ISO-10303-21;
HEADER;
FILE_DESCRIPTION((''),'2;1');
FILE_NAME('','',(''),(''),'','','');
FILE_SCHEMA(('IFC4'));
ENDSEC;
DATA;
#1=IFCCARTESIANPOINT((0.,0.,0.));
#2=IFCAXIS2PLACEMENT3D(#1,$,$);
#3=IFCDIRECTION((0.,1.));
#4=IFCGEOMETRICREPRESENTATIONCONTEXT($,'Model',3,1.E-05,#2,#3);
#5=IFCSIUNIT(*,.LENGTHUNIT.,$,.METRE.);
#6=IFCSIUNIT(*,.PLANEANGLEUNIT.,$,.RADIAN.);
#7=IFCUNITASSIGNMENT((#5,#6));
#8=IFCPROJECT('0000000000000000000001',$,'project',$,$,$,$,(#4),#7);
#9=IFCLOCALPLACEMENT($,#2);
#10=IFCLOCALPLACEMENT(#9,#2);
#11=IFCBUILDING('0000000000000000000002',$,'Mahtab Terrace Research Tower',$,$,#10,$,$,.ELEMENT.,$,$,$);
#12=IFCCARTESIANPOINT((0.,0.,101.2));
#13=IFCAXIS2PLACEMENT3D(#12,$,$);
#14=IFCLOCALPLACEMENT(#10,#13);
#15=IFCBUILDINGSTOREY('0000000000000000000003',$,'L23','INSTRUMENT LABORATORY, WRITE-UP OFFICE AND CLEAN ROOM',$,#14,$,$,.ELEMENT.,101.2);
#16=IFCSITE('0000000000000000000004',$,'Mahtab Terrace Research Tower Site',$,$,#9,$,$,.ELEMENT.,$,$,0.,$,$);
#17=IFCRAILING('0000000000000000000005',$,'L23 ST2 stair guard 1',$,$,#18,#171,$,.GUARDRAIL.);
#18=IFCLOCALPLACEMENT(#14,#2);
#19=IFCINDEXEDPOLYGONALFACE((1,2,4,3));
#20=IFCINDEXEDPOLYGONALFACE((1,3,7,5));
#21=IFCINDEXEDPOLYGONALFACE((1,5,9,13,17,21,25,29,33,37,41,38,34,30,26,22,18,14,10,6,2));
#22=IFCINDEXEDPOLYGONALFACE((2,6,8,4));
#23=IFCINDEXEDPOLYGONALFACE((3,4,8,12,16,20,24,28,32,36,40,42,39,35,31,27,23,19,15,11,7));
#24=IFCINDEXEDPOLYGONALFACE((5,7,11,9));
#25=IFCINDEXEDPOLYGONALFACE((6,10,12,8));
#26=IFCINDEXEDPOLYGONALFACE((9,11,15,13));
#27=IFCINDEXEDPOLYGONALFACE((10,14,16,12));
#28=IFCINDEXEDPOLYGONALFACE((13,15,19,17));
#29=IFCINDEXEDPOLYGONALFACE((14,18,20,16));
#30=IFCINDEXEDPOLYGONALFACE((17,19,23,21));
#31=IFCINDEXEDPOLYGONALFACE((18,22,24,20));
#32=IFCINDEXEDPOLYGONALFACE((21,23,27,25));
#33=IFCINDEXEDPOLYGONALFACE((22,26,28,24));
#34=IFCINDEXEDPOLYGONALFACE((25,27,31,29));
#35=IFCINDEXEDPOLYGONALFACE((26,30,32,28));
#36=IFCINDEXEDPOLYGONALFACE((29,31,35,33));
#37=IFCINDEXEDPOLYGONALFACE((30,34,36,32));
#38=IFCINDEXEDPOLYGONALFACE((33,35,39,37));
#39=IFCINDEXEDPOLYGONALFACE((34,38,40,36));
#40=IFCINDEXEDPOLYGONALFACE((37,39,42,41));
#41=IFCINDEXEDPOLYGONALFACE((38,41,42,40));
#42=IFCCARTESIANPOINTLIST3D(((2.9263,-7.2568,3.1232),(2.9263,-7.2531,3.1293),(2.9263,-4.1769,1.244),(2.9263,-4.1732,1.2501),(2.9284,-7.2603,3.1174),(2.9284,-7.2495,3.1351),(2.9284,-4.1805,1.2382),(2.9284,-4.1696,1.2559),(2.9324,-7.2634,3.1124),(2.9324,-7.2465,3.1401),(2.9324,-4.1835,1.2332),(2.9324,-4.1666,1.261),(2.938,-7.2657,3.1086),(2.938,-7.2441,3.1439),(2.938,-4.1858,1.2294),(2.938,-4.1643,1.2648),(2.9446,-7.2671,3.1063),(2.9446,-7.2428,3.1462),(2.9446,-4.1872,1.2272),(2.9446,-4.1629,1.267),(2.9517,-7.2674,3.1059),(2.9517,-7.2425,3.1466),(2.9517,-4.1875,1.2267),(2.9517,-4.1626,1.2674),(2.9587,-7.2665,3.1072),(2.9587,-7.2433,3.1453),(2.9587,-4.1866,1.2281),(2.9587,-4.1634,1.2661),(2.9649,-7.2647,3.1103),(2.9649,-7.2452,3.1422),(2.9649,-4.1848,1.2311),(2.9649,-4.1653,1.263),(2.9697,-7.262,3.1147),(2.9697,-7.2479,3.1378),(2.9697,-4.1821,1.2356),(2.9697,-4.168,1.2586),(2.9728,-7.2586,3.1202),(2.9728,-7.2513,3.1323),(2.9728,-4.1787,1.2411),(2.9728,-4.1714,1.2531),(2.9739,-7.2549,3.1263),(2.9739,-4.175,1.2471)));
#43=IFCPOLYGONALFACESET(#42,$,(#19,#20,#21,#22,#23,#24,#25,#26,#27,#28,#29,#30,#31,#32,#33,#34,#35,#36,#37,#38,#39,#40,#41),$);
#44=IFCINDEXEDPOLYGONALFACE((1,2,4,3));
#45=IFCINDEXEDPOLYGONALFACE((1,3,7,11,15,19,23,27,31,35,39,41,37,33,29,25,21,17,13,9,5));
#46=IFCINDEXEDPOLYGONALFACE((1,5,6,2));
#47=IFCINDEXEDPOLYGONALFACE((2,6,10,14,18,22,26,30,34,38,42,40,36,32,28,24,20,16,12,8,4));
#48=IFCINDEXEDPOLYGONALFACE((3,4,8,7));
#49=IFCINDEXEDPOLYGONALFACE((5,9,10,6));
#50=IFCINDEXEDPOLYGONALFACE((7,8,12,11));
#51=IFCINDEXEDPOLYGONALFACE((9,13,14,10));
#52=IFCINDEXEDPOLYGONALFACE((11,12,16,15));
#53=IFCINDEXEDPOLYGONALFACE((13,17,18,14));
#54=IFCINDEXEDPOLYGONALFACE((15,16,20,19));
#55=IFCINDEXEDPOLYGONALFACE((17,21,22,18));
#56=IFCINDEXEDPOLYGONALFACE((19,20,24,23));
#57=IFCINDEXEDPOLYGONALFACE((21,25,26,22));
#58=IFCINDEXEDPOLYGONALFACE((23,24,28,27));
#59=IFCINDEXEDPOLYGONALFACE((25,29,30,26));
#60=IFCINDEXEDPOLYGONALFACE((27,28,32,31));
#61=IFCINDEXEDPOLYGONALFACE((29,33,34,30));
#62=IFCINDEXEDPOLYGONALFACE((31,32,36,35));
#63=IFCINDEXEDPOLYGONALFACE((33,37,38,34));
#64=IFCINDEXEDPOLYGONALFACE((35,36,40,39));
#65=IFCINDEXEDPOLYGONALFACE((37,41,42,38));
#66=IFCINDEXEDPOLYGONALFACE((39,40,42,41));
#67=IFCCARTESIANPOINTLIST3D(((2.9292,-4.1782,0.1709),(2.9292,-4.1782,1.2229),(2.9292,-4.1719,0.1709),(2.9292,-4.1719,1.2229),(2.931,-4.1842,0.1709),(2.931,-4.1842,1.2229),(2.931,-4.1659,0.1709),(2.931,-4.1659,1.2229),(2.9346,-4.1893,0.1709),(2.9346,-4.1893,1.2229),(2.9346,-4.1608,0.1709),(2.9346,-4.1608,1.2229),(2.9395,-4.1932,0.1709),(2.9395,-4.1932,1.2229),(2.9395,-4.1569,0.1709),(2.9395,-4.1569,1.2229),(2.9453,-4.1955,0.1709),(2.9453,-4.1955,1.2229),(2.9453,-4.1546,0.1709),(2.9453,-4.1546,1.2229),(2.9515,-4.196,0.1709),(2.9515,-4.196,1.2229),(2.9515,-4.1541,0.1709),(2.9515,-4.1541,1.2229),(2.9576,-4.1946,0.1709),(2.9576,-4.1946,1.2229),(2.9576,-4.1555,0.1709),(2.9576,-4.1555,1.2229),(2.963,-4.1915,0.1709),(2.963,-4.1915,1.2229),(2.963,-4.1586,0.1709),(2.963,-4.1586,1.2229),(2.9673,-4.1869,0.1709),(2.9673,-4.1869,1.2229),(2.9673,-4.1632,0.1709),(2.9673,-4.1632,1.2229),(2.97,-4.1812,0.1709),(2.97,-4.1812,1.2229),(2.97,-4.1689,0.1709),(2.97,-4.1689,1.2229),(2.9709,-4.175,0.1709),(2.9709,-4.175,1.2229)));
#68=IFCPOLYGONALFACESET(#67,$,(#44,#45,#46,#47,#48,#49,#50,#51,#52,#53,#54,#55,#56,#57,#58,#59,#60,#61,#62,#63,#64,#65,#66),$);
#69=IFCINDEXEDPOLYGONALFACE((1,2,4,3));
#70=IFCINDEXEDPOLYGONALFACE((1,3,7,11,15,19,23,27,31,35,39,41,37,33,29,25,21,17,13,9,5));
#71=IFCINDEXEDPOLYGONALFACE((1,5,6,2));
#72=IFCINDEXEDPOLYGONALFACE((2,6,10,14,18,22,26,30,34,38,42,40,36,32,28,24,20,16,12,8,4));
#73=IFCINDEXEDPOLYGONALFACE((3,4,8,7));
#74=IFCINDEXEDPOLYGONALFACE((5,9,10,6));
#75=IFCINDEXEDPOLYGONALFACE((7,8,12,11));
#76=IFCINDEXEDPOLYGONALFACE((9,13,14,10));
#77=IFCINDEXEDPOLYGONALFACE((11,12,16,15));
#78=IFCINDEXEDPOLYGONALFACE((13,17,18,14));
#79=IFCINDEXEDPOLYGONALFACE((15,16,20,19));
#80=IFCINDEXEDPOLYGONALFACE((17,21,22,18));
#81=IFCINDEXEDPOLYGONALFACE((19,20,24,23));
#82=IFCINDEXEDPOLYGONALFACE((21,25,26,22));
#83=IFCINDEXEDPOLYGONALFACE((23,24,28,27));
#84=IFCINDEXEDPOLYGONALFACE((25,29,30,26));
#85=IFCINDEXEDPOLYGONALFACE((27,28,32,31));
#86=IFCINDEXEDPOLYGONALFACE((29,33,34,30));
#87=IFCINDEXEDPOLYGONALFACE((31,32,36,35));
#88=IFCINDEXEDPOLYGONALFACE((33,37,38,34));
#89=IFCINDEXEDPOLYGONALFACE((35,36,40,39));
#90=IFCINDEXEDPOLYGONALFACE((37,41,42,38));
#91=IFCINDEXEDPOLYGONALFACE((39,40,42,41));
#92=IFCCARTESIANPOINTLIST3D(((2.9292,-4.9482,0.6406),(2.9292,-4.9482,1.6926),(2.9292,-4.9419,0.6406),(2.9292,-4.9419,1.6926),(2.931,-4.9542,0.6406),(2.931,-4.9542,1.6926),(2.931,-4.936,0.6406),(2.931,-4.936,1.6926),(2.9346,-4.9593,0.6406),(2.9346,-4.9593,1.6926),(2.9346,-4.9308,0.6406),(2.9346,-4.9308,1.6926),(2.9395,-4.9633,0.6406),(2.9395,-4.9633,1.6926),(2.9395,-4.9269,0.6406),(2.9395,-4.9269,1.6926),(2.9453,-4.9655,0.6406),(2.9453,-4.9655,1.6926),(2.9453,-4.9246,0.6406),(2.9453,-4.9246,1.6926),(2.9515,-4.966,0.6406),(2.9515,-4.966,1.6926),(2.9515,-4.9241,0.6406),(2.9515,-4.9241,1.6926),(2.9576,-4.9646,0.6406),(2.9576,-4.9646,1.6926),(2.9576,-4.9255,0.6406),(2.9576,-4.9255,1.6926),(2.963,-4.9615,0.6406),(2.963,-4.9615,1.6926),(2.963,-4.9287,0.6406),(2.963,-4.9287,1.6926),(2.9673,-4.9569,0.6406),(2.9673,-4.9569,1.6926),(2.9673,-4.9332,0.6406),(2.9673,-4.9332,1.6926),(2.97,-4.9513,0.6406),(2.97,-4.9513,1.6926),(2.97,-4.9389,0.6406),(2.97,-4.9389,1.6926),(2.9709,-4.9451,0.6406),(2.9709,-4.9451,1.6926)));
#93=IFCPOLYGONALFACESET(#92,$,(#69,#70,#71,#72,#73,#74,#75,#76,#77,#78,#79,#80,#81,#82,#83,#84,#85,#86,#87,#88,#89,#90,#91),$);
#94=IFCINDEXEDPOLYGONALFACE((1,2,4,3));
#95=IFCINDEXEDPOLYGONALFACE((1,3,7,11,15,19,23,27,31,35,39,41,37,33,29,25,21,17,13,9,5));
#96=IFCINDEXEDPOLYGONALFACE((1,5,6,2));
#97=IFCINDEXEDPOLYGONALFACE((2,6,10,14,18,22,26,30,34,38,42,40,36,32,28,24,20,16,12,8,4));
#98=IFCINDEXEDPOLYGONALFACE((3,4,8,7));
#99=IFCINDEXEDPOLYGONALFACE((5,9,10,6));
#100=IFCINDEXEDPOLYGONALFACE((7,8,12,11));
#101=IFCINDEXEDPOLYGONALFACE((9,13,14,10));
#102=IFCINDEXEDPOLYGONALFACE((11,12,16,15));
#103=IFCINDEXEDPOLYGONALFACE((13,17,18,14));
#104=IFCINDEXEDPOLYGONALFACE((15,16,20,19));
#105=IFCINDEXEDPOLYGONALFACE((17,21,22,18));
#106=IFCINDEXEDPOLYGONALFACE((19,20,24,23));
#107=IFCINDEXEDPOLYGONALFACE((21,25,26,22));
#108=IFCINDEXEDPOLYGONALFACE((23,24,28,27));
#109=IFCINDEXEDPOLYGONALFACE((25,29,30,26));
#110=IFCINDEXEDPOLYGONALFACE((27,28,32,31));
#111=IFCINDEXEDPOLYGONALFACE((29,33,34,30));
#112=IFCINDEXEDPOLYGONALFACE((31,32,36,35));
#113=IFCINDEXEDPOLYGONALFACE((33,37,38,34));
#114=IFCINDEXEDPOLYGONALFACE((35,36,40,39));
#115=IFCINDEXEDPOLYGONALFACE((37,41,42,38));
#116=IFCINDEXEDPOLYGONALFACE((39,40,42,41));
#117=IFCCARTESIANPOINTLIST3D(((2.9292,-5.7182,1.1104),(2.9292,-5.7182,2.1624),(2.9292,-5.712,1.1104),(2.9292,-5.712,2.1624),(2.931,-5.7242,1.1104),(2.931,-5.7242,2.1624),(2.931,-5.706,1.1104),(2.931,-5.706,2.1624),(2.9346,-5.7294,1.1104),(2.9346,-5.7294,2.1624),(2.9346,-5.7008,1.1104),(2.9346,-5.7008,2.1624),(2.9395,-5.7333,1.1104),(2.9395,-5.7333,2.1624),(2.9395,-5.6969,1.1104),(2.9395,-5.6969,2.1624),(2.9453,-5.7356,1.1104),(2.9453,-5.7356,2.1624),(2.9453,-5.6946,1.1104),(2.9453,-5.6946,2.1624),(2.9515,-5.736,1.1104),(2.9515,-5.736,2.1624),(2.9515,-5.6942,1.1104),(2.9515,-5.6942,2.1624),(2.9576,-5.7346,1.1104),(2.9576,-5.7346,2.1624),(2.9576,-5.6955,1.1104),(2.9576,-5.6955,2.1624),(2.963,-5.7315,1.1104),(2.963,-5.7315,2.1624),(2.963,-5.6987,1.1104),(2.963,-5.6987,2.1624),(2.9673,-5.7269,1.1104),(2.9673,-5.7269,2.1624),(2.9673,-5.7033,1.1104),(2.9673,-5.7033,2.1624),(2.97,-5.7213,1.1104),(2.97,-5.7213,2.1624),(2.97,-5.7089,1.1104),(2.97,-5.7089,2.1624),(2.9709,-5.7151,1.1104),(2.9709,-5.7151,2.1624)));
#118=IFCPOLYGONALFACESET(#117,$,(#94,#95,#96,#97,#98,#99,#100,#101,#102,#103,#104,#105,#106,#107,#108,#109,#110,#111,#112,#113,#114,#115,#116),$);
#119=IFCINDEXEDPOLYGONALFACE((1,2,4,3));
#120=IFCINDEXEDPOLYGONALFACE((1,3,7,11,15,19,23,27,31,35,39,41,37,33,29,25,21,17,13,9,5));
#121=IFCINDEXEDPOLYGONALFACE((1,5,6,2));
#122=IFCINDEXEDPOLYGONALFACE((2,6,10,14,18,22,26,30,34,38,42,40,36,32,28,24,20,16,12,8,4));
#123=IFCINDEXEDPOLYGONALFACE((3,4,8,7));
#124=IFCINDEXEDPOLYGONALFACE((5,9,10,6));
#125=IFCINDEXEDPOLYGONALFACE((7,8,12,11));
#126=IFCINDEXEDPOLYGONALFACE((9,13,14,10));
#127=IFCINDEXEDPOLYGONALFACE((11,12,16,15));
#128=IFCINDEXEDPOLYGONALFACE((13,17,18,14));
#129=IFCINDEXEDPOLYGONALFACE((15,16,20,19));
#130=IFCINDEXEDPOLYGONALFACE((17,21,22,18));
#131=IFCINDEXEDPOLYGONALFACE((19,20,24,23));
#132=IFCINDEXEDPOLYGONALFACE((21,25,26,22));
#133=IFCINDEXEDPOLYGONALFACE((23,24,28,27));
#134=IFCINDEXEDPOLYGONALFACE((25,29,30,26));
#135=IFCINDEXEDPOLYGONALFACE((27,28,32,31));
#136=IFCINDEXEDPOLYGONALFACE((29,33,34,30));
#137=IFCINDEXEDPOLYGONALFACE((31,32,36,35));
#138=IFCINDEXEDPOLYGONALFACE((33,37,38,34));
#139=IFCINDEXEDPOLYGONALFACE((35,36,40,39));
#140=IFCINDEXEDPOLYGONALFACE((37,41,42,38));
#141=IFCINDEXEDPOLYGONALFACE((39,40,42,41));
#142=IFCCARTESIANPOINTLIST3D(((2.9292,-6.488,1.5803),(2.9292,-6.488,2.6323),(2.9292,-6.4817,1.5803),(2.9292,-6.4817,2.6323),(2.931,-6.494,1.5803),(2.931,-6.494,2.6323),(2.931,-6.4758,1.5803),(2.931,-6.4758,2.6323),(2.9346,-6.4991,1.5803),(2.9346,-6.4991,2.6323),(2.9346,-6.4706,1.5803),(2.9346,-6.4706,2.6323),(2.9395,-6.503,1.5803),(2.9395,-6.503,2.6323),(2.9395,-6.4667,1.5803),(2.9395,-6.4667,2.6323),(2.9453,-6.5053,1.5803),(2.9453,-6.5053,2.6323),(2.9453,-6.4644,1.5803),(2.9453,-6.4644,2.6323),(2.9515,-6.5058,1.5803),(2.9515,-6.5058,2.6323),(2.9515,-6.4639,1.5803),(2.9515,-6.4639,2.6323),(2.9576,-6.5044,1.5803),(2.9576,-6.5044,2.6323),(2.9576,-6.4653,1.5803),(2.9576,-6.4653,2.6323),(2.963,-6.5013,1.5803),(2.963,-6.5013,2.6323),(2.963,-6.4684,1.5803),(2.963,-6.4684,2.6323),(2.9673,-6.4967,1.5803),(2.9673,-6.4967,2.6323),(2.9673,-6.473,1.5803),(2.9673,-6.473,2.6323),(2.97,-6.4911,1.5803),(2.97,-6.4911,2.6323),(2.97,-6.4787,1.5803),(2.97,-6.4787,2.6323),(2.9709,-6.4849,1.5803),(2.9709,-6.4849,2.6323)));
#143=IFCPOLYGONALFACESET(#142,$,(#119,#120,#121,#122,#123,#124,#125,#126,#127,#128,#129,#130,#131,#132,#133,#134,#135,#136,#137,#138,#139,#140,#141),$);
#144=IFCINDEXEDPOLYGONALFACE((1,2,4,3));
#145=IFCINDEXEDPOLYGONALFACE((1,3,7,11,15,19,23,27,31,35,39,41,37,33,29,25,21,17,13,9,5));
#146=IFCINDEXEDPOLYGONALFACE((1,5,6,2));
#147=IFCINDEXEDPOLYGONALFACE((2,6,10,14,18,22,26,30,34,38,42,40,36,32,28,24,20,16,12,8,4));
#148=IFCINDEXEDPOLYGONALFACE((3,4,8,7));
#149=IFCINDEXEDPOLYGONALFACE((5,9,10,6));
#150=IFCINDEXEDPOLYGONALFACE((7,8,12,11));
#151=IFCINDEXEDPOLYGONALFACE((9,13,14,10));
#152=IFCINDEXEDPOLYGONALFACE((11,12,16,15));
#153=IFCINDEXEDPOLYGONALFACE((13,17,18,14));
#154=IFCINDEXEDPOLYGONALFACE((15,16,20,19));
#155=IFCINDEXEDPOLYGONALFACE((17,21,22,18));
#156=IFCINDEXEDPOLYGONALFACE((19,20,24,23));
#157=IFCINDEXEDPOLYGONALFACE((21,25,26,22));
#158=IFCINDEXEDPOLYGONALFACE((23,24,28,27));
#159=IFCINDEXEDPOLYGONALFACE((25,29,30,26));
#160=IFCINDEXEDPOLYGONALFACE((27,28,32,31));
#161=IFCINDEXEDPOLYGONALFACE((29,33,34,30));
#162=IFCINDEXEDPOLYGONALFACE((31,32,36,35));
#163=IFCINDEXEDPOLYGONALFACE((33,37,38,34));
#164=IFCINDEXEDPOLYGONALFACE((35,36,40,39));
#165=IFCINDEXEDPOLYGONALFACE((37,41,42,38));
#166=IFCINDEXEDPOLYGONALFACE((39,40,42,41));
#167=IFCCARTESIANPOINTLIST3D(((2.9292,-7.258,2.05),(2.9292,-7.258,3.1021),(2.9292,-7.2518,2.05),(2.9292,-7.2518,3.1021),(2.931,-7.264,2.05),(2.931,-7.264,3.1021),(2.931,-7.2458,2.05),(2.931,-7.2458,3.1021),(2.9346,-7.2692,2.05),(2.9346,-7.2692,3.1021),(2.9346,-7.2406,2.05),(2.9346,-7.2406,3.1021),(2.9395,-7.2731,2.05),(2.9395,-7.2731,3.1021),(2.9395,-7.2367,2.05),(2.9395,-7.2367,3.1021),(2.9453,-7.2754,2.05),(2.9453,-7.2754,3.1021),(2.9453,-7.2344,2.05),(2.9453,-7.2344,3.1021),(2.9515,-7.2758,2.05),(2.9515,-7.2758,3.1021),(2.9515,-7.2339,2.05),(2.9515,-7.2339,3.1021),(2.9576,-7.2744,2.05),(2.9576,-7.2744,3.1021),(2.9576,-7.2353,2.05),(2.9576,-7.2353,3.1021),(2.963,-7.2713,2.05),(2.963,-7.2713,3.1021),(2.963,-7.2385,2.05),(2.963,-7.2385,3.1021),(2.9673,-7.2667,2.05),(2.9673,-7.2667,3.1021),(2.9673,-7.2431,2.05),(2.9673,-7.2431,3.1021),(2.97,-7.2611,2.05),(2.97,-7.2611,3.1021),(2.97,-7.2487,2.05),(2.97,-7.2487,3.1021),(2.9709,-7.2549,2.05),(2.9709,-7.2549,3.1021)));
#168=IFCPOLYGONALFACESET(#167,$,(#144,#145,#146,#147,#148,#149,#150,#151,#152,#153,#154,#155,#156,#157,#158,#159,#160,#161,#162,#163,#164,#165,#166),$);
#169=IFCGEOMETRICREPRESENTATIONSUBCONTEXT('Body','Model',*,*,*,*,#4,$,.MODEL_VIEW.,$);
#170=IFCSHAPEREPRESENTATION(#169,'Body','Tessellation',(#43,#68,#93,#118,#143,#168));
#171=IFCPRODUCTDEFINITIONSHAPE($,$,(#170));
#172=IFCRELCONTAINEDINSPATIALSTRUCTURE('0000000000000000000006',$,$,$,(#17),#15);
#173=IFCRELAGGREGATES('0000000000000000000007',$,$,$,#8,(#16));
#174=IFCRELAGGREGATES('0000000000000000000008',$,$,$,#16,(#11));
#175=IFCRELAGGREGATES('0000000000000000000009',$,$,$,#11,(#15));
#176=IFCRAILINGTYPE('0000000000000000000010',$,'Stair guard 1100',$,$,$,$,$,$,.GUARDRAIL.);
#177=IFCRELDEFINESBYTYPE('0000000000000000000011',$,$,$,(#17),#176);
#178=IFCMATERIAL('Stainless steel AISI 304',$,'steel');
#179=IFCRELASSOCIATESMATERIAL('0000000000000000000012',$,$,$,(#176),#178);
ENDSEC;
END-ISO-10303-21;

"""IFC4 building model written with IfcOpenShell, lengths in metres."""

from ifc_helpers import new_model, si_unit, direction, frame, origin, origin_2d, place, context, subcontext, project, spatial, circle, extrude, material, type_object, element, save


model = new_model("IFC4")

# Units and contexts
model_context = context("Model", 3, precision=1e-05, world=origin(), true_north=direction((0.0, 1.0)))
body_context = subcontext(model_context, "Body", "Model", "MODEL_VIEW")
ifc_project = project(units=[si_unit("LENGTHUNIT", "METRE"), si_unit("PLANEANGLEUNIT", "RADIAN")], contexts=[model_context])

# Site, building, storey
site_placement = place(None, origin())
site = spatial("IfcSite", under=ifc_project, at=site_placement, Name="Mahtab Terrace Research Tower Site", CompositionType="ELEMENT", RefElevation=0.0)
building_placement = place(site_placement, origin())
building = spatial("IfcBuilding", under=site, at=building_placement, Name="Mahtab Terrace Research Tower", CompositionType="ELEMENT")
storey_placement = place(building_placement, frame((0.0, 0.0, 101.2)))
storey = spatial("IfcBuildingStorey", under=building, at=storey_placement, Name="L23", Description="INSTRUMENT LABORATORY, WRITE-UP OFFICE AND CLEAN ROOM", CompositionType="ELEMENT", Elevation=101.2)

# Railing
ifc_material_1 = material(Name="Stainless steel AISI 304", Category="steel")
railing_type = type_object("IfcRailingType", Name="Stair guard 1100", PredefinedType="GUARDRAIL", material=ifc_material_1)
railing_1_placement = place(storey_placement, frame((2.95, -4.175, 0.1709)))
element("IfcRailing", 1, at=railing_1_placement, inside=storey, type_object=railing_type, Name="L23 ST2 stair guard 1", PredefinedType="GUARDRAIL", context=body_context, shape_type="SweptSolid", body=[
    extrude(circle(Radius=0.0239, at=origin_2d()), frame((0.0, 0.0, 1.0762), z_axis=(0.0, -0.853648, 0.52085), x_axis=(1.0, 0.0, 0.0)), (0.0, 0.0, 1.0), 3.6079),
    extrude(circle(Radius=0.021, at=origin_2d()), origin(), (0.0, 0.0, 1.0), 1.052),
    extrude(circle(Radius=0.021, at=origin_2d()), frame((0.0, -0.77, 0.4697)), (0.0, 0.0, 1.0), 1.052),
    extrude(circle(Radius=0.021, at=origin_2d()), frame((0.0, -1.54, 0.9395)), (0.0, 0.0, 1.0), 1.052),
    extrude(circle(Radius=0.021, at=origin_2d()), frame((0.0, -2.3098, 1.4094)), (0.0, 0.0, 1.0), 1.052),
    extrude(circle(Radius=0.021, at=origin_2d()), frame((0.0, -3.0798, 1.8792)), (0.0, 0.0, 1.0), 1.052),
])

save(model, "model.ifc")
